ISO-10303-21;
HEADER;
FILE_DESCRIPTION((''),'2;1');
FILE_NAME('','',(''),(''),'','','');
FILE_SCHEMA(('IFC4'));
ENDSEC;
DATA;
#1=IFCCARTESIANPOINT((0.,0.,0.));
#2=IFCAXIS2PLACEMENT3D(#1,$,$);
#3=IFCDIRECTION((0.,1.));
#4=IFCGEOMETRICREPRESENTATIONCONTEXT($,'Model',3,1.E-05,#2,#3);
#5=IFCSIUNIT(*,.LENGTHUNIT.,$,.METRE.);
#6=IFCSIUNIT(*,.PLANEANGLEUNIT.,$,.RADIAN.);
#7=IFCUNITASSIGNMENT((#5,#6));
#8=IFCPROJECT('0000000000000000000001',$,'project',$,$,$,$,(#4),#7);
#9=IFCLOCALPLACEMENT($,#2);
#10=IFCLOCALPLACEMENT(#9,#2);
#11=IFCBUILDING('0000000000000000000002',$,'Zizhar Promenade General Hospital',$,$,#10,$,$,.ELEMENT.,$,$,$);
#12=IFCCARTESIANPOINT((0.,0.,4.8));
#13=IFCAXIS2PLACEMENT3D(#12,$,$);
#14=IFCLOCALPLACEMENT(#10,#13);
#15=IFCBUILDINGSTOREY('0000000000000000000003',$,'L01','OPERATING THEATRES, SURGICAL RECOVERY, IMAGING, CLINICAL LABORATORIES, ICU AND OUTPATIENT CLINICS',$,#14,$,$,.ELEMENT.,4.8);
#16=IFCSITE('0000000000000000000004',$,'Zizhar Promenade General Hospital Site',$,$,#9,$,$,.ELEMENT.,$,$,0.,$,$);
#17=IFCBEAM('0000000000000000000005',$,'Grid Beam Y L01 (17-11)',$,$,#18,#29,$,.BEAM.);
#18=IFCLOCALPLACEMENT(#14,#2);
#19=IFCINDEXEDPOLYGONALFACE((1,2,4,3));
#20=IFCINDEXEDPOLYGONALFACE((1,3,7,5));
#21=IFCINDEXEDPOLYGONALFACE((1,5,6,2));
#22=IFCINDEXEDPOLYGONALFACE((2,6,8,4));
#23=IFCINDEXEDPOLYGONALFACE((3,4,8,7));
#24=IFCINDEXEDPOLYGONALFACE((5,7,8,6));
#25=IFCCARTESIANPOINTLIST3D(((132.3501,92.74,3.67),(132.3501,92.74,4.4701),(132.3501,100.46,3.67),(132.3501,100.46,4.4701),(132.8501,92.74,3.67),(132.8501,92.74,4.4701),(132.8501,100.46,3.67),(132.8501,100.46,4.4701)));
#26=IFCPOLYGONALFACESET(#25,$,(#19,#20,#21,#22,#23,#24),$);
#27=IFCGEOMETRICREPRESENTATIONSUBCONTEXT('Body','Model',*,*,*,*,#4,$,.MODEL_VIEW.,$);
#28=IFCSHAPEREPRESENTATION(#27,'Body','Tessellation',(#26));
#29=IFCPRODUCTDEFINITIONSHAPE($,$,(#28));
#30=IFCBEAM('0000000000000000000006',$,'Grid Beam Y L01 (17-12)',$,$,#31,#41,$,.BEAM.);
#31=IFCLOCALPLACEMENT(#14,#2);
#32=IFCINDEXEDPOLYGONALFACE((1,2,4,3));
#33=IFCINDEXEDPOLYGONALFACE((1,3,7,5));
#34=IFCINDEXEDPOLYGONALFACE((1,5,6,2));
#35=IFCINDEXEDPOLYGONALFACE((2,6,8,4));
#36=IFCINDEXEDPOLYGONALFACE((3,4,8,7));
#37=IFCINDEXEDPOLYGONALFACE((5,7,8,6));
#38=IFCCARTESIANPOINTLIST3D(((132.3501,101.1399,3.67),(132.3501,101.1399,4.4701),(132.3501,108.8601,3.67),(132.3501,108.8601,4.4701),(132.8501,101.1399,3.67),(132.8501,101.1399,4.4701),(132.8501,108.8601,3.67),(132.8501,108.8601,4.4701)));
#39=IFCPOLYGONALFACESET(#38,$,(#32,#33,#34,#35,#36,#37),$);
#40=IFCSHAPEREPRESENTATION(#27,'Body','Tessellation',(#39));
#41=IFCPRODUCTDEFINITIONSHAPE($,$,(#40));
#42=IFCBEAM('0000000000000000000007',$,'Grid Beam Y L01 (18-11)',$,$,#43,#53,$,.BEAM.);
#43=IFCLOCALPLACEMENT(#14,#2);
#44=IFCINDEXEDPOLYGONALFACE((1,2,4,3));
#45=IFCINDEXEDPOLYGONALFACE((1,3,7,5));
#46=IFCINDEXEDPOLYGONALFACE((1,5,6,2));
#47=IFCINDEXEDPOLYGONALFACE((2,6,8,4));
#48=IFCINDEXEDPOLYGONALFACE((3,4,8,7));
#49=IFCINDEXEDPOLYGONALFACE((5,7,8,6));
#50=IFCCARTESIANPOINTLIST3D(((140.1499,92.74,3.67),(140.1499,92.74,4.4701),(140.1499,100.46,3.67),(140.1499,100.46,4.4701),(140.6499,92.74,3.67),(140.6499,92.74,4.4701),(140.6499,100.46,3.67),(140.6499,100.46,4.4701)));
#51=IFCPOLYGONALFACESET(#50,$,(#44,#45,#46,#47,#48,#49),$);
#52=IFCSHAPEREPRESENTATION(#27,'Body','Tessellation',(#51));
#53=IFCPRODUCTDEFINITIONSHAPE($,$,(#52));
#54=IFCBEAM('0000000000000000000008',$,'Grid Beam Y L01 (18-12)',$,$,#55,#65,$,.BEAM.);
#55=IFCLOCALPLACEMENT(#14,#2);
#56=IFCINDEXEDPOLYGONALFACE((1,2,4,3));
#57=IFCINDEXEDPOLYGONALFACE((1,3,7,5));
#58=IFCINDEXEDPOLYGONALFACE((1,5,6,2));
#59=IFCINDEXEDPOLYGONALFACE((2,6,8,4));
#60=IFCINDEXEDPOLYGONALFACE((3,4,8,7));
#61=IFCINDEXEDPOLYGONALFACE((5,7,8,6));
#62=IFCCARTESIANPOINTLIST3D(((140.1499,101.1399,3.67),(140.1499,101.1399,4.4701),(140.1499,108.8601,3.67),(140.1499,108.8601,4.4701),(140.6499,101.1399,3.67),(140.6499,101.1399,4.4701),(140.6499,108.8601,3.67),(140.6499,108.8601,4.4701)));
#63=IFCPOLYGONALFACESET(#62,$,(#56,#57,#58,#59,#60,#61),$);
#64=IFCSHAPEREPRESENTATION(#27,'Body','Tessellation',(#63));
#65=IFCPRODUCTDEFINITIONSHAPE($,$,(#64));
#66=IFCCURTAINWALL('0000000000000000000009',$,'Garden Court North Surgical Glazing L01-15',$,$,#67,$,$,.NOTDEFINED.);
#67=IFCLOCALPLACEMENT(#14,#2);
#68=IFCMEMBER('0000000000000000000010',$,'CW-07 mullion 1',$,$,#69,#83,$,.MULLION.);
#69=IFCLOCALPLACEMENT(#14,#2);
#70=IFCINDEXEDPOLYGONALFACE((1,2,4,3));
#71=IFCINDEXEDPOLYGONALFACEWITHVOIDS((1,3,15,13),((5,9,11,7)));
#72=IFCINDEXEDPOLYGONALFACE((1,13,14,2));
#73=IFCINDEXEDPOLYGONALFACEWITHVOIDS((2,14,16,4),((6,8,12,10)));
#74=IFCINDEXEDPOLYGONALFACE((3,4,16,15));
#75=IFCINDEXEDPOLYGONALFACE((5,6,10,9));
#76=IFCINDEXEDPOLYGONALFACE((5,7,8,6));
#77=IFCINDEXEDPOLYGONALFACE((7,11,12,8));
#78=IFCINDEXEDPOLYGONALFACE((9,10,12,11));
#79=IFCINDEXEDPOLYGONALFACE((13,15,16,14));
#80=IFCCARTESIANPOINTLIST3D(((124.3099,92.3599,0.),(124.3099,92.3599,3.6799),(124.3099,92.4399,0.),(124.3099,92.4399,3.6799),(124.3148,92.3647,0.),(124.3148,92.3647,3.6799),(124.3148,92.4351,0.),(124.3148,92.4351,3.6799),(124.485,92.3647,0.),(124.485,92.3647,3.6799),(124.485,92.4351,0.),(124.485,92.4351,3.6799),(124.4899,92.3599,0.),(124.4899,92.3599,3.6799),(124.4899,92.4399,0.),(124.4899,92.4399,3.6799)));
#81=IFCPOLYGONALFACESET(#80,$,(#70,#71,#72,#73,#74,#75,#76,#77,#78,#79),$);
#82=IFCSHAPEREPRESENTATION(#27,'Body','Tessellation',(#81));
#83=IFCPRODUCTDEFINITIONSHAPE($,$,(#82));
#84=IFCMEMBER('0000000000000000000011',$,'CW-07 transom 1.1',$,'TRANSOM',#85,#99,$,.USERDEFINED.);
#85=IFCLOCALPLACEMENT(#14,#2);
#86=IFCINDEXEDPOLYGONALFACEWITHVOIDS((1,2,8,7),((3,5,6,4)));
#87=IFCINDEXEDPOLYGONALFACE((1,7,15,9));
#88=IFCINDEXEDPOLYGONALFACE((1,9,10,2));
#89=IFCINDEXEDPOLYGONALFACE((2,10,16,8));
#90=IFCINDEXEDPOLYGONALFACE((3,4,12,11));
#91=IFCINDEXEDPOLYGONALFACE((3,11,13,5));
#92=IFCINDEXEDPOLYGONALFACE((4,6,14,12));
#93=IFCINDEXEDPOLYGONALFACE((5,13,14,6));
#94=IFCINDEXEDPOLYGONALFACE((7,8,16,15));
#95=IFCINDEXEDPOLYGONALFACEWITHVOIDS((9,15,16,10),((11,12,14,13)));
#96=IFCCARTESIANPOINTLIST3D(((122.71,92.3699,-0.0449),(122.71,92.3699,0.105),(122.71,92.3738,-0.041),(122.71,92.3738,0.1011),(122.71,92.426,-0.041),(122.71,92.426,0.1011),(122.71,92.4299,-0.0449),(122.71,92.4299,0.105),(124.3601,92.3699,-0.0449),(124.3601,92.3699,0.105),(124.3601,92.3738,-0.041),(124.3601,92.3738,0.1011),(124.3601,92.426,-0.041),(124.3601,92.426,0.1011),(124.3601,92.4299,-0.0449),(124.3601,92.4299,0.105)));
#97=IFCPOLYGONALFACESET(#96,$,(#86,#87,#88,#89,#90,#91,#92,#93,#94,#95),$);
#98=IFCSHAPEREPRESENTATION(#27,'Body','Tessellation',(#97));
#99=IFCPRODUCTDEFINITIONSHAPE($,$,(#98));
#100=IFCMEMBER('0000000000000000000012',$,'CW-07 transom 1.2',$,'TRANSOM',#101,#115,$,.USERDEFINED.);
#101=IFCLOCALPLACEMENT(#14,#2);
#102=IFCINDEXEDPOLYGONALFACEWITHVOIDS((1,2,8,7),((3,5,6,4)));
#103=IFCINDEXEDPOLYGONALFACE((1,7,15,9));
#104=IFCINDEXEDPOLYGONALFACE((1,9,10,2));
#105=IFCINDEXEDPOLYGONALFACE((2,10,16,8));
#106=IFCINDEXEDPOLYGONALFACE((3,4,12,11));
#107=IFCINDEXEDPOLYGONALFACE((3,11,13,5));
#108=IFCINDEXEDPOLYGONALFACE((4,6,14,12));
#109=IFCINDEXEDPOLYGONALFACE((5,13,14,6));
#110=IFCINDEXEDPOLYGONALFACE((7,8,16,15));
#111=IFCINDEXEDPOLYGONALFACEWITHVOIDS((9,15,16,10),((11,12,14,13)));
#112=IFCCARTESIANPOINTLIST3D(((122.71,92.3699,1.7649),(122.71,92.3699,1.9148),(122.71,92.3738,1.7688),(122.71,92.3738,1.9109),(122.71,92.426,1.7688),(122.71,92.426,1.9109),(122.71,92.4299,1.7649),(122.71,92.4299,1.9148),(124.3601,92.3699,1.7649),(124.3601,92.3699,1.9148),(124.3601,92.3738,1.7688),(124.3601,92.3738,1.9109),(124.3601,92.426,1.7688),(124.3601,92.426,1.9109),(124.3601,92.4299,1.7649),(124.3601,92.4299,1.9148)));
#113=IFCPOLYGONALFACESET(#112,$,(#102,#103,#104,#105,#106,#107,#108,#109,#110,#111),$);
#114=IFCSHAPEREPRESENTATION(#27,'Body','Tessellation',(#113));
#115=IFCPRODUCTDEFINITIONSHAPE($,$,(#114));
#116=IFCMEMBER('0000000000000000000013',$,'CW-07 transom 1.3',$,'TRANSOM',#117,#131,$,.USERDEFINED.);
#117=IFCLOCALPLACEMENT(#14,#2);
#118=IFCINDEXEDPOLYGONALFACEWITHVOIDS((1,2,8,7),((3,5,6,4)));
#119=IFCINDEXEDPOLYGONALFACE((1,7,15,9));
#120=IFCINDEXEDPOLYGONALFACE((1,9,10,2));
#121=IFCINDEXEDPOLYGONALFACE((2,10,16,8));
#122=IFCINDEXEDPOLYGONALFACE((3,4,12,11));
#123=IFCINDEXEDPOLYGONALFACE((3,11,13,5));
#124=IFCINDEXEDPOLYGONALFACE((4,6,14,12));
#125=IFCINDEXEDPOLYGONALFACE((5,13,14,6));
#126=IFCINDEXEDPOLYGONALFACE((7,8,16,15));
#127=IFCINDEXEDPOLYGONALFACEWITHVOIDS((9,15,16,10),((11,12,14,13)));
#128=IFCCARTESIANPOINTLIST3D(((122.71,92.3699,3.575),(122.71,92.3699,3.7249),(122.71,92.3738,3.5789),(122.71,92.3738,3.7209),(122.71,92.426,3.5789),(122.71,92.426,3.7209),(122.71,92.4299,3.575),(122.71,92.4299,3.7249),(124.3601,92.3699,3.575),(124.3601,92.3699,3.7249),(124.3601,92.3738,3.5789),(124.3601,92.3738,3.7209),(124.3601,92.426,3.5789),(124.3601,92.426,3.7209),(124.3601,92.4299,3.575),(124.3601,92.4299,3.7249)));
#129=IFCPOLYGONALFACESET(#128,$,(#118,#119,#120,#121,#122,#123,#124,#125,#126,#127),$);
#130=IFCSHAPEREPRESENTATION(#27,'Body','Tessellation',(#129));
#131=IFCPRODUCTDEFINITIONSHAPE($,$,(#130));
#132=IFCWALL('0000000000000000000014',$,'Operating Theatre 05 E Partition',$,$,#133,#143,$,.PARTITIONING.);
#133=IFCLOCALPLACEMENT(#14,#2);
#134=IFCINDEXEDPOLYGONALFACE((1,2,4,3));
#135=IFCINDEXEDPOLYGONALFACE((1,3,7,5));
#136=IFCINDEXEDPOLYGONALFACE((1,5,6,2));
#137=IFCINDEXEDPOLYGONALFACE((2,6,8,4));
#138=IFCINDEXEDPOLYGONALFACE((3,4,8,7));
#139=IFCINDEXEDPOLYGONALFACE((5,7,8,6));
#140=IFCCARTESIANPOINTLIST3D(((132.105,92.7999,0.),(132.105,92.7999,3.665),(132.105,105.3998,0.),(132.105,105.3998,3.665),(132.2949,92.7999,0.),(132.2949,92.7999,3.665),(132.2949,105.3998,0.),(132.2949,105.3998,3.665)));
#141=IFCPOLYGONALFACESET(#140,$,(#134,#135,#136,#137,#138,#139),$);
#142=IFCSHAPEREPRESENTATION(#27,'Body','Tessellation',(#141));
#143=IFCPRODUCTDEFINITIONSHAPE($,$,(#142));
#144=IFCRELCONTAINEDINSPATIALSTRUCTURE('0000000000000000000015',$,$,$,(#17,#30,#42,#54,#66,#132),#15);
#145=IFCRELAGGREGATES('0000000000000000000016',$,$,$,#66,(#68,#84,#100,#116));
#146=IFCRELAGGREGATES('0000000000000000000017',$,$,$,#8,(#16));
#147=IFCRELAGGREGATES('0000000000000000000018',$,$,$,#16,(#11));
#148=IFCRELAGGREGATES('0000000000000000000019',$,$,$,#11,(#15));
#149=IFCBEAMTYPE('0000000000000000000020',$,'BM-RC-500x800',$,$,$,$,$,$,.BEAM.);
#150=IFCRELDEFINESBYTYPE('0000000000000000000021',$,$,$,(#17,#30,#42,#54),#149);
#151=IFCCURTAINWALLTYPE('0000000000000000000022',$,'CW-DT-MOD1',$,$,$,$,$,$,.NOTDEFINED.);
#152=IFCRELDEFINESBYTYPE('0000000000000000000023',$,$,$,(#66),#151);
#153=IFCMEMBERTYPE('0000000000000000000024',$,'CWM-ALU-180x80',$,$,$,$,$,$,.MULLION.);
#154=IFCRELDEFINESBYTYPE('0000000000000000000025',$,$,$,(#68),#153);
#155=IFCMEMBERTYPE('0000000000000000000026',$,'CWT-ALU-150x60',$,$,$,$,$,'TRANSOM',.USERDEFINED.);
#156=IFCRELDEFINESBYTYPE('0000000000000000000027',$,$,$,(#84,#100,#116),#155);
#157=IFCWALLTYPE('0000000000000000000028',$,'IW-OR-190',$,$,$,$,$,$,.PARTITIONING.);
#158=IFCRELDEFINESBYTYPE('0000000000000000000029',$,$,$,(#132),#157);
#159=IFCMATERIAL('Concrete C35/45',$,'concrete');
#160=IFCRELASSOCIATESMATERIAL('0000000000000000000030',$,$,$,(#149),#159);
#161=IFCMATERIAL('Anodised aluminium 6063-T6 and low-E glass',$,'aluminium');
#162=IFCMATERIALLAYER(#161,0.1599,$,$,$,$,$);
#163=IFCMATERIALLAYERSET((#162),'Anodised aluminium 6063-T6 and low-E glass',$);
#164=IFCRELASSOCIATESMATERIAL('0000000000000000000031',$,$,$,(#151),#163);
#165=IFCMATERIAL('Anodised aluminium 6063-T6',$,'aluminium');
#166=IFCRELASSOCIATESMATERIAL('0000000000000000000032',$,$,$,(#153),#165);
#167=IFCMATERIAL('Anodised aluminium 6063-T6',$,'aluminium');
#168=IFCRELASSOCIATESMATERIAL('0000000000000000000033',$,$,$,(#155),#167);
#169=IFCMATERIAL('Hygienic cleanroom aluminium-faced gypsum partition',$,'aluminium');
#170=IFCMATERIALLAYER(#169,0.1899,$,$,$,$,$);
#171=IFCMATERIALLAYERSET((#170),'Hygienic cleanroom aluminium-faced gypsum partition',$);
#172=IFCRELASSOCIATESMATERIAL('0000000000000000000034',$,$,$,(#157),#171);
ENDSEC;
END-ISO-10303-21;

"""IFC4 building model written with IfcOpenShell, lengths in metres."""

from ifc_helpers import new_model, si_unit, direction, frame, frame_2d, origin, origin_2d, place, context, subcontext, project, spatial, rectangle, hollow_rectangle, extrude, material, layer, layer_set, material_profile, profile_set, type_object, element, aggregate, save


model = new_model("IFC4")

# Units and contexts
model_context = context("Model", 3, precision=1e-05, world=origin(), true_north=direction((0.0, 1.0)))
body_context = subcontext(model_context, "Body", "Model", "MODEL_VIEW")
ifc_project = project(units=[si_unit("LENGTHUNIT", "METRE"), si_unit("PLANEANGLEUNIT", "RADIAN")], contexts=[model_context])

# Site, building, storey
site_placement = place(None, origin())
site = spatial("IfcSite", under=ifc_project, at=site_placement, Name="Zizhar Promenade General Hospital Site", CompositionType="ELEMENT", RefElevation=0.0)
building_placement = place(site_placement, origin())
building = spatial("IfcBuilding", under=site, at=building_placement, Name="Zizhar Promenade General Hospital", CompositionType="ELEMENT")
storey_placement = place(building_placement, frame((0.0, 0.0, 4.8)))
storey = spatial("IfcBuildingStorey", under=building, at=storey_placement, Name="L01", Description="OPERATING THEATRES, SURGICAL RECOVERY, IMAGING, CLINICAL LABORATORIES, ICU AND OUTPATIENT CLINICS", CompositionType="ELEMENT", Elevation=4.8)

# Beams
ifc_material_1 = material(Name="Concrete C35/45", Category="concrete")
ifc_material_profile_1 = material_profile(ifc_material_1, rectangle(XDim=0.5, YDim=0.8, at=origin_2d()))
ifc_profile_set_1 = profile_set([ifc_material_profile_1], Name="Concrete C35/45")
beam_type_1 = type_object("IfcBeamType", Name="BM-RC-500x800", PredefinedType="BEAM", material=ifc_profile_set_1)
beam_1_placement = place(storey_placement, frame((132.6001, 92.74, 4.0701), z_axis=(0.0, 1.0, 0.0), x_axis=(-1.0, 0.0, 0.0)))
element("IfcBeam", 1, at=beam_1_placement, inside=storey, type_object=beam_type_1, Name="Grid Beam Y L01 (17-11)", PredefinedType="BEAM", context=body_context, shape_type="SweptSolid", body=[
    extrude(rectangle(XDim=0.5, YDim=0.8, at=origin_2d()), origin(), (0.0, 0.0, 1.0), 7.72),
])
beam_2_placement = place(storey_placement, frame((132.6001, 101.1399, 4.0701), z_axis=(0.0, 1.0, 0.0), x_axis=(-1.0, 0.0, 0.0)))
element("IfcBeam", 2, at=beam_2_placement, inside=storey, type_object=beam_type_1, Name="Grid Beam Y L01 (17-12)", PredefinedType="BEAM", context=body_context, shape_type="SweptSolid", body=[
    extrude(rectangle(XDim=0.5, YDim=0.8, at=origin_2d()), origin(), (0.0, 0.0, 1.0), 7.7202),
])
beam_3_placement = place(storey_placement, frame((140.3999, 92.74, 4.0701), z_axis=(0.0, 1.0, 0.0), x_axis=(-1.0, 0.0, 0.0)))
element("IfcBeam", 3, at=beam_3_placement, inside=storey, type_object=beam_type_1, Name="Grid Beam Y L01 (18-11)", PredefinedType="BEAM", context=body_context, shape_type="SweptSolid", body=[
    extrude(rectangle(XDim=0.5, YDim=0.8, at=origin_2d()), origin(), (0.0, 0.0, 1.0), 7.72),
])
beam_4_placement = place(storey_placement, frame((140.3999, 101.1399, 4.0701), z_axis=(0.0, 1.0, 0.0), x_axis=(-1.0, 0.0, 0.0)))
element("IfcBeam", 4, at=beam_4_placement, inside=storey, type_object=beam_type_1, Name="Grid Beam Y L01 (18-12)", PredefinedType="BEAM", context=body_context, shape_type="SweptSolid", body=[
    extrude(rectangle(XDim=0.5, YDim=0.8, at=origin_2d()), origin(), (0.0, 0.0, 1.0), 7.7202),
])

# Curtain wall, members
ifc_material_2 = material(Name="Anodised aluminium 6063-T6 and low-E glass", Category="aluminium")
ifc_layer_1 = layer(ifc_material_2, 0.1599)
ifc_layer_set_1 = layer_set([ifc_layer_1], Name="Anodised aluminium 6063-T6 and low-E glass")
curtain_wall_type = type_object("IfcCurtainWallType", Name="CW-DT-MOD1", PredefinedType="NOTDEFINED", material=ifc_layer_set_1)
curtain_wall_placement = place(storey_placement, origin())
curtain_wall = element("IfcCurtainWall", 5, at=curtain_wall_placement, inside=storey, type_object=curtain_wall_type, Name="Garden Court North Surgical Glazing L01-15", PredefinedType="NOTDEFINED")
ifc_material_3 = material(Name="Anodised aluminium 6063-T6", Category="aluminium")
ifc_material_profile_2 = material_profile(ifc_material_3, hollow_rectangle(XDim=0.0801, YDim=0.1799, WallThickness=0.0049, at=origin_2d()))
ifc_profile_set_2 = profile_set([ifc_material_profile_2], Name="Anodised aluminium 6063-T6")
member_type_1 = type_object("IfcMemberType", Name="CWM-ALU-180x80", PredefinedType="MULLION", material=ifc_profile_set_2)
member_1_placement = place(storey_placement, frame((124.3999, 92.3999, 0.0), z_axis=(0.0, 0.0, 1.0), x_axis=(0.0, -1.0, 0.0)))
member_1 = element("IfcMember", 6, at=member_1_placement, type_object=member_type_1, Name="CW-07 mullion 1", PredefinedType="MULLION", context=body_context, shape_type="SweptSolid", body=[
    extrude(hollow_rectangle(XDim=0.0801, YDim=0.1799, WallThickness=0.0049, at=origin_2d()), origin(), (0.0, 0.0, 1.0), 3.6799),
])
ifc_material_4 = material(Name="Anodised aluminium 6063-T6", Category="aluminium")
ifc_material_profile_3 = material_profile(ifc_material_4, hollow_rectangle(XDim=0.0601, YDim=0.1499, WallThickness=0.0039, at=origin_2d()))
ifc_profile_set_3 = profile_set([ifc_material_profile_3], Name="Anodised aluminium 6063-T6")
member_type_2 = type_object("IfcMemberType", Name="CWT-ALU-150x60", ElementType="TRANSOM", PredefinedType="USERDEFINED", material=ifc_profile_set_3)
member_2_placement = place(storey_placement, frame((124.3601, 92.3999, 0.03), z_axis=(-1.0, 0.0, 0.0), x_axis=(0.0, -1.0, 0.0)))
member_2 = element("IfcMember", 7, at=member_2_placement, type_object=member_type_2, Name="CW-07 transom 1.1", ObjectType="TRANSOM", PredefinedType="USERDEFINED", context=body_context, shape_type="SweptSolid", body=[
    extrude(hollow_rectangle(XDim=0.0601, YDim=0.1499, WallThickness=0.0039, at=origin_2d()), origin(), (0.0, 0.0, 1.0), 1.6501),
])
member_3_placement = place(storey_placement, frame((124.3601, 92.3999, 1.8398), z_axis=(-1.0, 0.0, 0.0), x_axis=(0.0, -1.0, 0.0)))
member_3 = element("IfcMember", 8, at=member_3_placement, type_object=member_type_2, Name="CW-07 transom 1.2", ObjectType="TRANSOM", PredefinedType="USERDEFINED", context=body_context, shape_type="SweptSolid", body=[
    extrude(hollow_rectangle(XDim=0.0601, YDim=0.1499, WallThickness=0.0039, at=origin_2d()), origin(), (0.0, 0.0, 1.0), 1.6501),
])
member_4_placement = place(storey_placement, frame((124.3601, 92.3999, 3.6499), z_axis=(-1.0, 0.0, 0.0), x_axis=(0.0, -1.0, 0.0)))
member_4 = element("IfcMember", 9, at=member_4_placement, type_object=member_type_2, Name="CW-07 transom 1.3", ObjectType="TRANSOM", PredefinedType="USERDEFINED", context=body_context, shape_type="SweptSolid", body=[
    extrude(hollow_rectangle(XDim=0.0601, YDim=0.1499, WallThickness=0.0039, at=origin_2d()), origin(), (0.0, 0.0, 1.0), 1.6501),
])
aggregate(curtain_wall, [member_1, member_2, member_3, member_4])

# Wall
ifc_material_5 = material(Name="Hygienic cleanroom aluminium-faced gypsum partition", Category="aluminium")
ifc_layer_2 = layer(ifc_material_5, 0.1899)
ifc_layer_set_2 = layer_set([ifc_layer_2], Name="Hygienic cleanroom aluminium-faced gypsum partition")
wall_type = type_object("IfcWallType", Name="IW-OR-190", PredefinedType="PARTITIONING", material=ifc_layer_set_2)
wall_placement = place(storey_placement, frame((132.2, 92.8, 0.0), z_axis=(0.0, 0.0, 1.0), x_axis=(0.0, 1.0, 0.0)))
element("IfcWall", 10, at=wall_placement, inside=storey, type_object=wall_type, Name="Operating Theatre 05 E Partition", PredefinedType="PARTITIONING", context=body_context, shape_type="SweptSolid", body=[
    extrude(rectangle(XDim=12.5999, YDim=0.1899, at=frame_2d((6.2998, 0.0))), origin(), (0.0, 0.0, 1.0), 3.665),
])

save(model, "model.ifc")
